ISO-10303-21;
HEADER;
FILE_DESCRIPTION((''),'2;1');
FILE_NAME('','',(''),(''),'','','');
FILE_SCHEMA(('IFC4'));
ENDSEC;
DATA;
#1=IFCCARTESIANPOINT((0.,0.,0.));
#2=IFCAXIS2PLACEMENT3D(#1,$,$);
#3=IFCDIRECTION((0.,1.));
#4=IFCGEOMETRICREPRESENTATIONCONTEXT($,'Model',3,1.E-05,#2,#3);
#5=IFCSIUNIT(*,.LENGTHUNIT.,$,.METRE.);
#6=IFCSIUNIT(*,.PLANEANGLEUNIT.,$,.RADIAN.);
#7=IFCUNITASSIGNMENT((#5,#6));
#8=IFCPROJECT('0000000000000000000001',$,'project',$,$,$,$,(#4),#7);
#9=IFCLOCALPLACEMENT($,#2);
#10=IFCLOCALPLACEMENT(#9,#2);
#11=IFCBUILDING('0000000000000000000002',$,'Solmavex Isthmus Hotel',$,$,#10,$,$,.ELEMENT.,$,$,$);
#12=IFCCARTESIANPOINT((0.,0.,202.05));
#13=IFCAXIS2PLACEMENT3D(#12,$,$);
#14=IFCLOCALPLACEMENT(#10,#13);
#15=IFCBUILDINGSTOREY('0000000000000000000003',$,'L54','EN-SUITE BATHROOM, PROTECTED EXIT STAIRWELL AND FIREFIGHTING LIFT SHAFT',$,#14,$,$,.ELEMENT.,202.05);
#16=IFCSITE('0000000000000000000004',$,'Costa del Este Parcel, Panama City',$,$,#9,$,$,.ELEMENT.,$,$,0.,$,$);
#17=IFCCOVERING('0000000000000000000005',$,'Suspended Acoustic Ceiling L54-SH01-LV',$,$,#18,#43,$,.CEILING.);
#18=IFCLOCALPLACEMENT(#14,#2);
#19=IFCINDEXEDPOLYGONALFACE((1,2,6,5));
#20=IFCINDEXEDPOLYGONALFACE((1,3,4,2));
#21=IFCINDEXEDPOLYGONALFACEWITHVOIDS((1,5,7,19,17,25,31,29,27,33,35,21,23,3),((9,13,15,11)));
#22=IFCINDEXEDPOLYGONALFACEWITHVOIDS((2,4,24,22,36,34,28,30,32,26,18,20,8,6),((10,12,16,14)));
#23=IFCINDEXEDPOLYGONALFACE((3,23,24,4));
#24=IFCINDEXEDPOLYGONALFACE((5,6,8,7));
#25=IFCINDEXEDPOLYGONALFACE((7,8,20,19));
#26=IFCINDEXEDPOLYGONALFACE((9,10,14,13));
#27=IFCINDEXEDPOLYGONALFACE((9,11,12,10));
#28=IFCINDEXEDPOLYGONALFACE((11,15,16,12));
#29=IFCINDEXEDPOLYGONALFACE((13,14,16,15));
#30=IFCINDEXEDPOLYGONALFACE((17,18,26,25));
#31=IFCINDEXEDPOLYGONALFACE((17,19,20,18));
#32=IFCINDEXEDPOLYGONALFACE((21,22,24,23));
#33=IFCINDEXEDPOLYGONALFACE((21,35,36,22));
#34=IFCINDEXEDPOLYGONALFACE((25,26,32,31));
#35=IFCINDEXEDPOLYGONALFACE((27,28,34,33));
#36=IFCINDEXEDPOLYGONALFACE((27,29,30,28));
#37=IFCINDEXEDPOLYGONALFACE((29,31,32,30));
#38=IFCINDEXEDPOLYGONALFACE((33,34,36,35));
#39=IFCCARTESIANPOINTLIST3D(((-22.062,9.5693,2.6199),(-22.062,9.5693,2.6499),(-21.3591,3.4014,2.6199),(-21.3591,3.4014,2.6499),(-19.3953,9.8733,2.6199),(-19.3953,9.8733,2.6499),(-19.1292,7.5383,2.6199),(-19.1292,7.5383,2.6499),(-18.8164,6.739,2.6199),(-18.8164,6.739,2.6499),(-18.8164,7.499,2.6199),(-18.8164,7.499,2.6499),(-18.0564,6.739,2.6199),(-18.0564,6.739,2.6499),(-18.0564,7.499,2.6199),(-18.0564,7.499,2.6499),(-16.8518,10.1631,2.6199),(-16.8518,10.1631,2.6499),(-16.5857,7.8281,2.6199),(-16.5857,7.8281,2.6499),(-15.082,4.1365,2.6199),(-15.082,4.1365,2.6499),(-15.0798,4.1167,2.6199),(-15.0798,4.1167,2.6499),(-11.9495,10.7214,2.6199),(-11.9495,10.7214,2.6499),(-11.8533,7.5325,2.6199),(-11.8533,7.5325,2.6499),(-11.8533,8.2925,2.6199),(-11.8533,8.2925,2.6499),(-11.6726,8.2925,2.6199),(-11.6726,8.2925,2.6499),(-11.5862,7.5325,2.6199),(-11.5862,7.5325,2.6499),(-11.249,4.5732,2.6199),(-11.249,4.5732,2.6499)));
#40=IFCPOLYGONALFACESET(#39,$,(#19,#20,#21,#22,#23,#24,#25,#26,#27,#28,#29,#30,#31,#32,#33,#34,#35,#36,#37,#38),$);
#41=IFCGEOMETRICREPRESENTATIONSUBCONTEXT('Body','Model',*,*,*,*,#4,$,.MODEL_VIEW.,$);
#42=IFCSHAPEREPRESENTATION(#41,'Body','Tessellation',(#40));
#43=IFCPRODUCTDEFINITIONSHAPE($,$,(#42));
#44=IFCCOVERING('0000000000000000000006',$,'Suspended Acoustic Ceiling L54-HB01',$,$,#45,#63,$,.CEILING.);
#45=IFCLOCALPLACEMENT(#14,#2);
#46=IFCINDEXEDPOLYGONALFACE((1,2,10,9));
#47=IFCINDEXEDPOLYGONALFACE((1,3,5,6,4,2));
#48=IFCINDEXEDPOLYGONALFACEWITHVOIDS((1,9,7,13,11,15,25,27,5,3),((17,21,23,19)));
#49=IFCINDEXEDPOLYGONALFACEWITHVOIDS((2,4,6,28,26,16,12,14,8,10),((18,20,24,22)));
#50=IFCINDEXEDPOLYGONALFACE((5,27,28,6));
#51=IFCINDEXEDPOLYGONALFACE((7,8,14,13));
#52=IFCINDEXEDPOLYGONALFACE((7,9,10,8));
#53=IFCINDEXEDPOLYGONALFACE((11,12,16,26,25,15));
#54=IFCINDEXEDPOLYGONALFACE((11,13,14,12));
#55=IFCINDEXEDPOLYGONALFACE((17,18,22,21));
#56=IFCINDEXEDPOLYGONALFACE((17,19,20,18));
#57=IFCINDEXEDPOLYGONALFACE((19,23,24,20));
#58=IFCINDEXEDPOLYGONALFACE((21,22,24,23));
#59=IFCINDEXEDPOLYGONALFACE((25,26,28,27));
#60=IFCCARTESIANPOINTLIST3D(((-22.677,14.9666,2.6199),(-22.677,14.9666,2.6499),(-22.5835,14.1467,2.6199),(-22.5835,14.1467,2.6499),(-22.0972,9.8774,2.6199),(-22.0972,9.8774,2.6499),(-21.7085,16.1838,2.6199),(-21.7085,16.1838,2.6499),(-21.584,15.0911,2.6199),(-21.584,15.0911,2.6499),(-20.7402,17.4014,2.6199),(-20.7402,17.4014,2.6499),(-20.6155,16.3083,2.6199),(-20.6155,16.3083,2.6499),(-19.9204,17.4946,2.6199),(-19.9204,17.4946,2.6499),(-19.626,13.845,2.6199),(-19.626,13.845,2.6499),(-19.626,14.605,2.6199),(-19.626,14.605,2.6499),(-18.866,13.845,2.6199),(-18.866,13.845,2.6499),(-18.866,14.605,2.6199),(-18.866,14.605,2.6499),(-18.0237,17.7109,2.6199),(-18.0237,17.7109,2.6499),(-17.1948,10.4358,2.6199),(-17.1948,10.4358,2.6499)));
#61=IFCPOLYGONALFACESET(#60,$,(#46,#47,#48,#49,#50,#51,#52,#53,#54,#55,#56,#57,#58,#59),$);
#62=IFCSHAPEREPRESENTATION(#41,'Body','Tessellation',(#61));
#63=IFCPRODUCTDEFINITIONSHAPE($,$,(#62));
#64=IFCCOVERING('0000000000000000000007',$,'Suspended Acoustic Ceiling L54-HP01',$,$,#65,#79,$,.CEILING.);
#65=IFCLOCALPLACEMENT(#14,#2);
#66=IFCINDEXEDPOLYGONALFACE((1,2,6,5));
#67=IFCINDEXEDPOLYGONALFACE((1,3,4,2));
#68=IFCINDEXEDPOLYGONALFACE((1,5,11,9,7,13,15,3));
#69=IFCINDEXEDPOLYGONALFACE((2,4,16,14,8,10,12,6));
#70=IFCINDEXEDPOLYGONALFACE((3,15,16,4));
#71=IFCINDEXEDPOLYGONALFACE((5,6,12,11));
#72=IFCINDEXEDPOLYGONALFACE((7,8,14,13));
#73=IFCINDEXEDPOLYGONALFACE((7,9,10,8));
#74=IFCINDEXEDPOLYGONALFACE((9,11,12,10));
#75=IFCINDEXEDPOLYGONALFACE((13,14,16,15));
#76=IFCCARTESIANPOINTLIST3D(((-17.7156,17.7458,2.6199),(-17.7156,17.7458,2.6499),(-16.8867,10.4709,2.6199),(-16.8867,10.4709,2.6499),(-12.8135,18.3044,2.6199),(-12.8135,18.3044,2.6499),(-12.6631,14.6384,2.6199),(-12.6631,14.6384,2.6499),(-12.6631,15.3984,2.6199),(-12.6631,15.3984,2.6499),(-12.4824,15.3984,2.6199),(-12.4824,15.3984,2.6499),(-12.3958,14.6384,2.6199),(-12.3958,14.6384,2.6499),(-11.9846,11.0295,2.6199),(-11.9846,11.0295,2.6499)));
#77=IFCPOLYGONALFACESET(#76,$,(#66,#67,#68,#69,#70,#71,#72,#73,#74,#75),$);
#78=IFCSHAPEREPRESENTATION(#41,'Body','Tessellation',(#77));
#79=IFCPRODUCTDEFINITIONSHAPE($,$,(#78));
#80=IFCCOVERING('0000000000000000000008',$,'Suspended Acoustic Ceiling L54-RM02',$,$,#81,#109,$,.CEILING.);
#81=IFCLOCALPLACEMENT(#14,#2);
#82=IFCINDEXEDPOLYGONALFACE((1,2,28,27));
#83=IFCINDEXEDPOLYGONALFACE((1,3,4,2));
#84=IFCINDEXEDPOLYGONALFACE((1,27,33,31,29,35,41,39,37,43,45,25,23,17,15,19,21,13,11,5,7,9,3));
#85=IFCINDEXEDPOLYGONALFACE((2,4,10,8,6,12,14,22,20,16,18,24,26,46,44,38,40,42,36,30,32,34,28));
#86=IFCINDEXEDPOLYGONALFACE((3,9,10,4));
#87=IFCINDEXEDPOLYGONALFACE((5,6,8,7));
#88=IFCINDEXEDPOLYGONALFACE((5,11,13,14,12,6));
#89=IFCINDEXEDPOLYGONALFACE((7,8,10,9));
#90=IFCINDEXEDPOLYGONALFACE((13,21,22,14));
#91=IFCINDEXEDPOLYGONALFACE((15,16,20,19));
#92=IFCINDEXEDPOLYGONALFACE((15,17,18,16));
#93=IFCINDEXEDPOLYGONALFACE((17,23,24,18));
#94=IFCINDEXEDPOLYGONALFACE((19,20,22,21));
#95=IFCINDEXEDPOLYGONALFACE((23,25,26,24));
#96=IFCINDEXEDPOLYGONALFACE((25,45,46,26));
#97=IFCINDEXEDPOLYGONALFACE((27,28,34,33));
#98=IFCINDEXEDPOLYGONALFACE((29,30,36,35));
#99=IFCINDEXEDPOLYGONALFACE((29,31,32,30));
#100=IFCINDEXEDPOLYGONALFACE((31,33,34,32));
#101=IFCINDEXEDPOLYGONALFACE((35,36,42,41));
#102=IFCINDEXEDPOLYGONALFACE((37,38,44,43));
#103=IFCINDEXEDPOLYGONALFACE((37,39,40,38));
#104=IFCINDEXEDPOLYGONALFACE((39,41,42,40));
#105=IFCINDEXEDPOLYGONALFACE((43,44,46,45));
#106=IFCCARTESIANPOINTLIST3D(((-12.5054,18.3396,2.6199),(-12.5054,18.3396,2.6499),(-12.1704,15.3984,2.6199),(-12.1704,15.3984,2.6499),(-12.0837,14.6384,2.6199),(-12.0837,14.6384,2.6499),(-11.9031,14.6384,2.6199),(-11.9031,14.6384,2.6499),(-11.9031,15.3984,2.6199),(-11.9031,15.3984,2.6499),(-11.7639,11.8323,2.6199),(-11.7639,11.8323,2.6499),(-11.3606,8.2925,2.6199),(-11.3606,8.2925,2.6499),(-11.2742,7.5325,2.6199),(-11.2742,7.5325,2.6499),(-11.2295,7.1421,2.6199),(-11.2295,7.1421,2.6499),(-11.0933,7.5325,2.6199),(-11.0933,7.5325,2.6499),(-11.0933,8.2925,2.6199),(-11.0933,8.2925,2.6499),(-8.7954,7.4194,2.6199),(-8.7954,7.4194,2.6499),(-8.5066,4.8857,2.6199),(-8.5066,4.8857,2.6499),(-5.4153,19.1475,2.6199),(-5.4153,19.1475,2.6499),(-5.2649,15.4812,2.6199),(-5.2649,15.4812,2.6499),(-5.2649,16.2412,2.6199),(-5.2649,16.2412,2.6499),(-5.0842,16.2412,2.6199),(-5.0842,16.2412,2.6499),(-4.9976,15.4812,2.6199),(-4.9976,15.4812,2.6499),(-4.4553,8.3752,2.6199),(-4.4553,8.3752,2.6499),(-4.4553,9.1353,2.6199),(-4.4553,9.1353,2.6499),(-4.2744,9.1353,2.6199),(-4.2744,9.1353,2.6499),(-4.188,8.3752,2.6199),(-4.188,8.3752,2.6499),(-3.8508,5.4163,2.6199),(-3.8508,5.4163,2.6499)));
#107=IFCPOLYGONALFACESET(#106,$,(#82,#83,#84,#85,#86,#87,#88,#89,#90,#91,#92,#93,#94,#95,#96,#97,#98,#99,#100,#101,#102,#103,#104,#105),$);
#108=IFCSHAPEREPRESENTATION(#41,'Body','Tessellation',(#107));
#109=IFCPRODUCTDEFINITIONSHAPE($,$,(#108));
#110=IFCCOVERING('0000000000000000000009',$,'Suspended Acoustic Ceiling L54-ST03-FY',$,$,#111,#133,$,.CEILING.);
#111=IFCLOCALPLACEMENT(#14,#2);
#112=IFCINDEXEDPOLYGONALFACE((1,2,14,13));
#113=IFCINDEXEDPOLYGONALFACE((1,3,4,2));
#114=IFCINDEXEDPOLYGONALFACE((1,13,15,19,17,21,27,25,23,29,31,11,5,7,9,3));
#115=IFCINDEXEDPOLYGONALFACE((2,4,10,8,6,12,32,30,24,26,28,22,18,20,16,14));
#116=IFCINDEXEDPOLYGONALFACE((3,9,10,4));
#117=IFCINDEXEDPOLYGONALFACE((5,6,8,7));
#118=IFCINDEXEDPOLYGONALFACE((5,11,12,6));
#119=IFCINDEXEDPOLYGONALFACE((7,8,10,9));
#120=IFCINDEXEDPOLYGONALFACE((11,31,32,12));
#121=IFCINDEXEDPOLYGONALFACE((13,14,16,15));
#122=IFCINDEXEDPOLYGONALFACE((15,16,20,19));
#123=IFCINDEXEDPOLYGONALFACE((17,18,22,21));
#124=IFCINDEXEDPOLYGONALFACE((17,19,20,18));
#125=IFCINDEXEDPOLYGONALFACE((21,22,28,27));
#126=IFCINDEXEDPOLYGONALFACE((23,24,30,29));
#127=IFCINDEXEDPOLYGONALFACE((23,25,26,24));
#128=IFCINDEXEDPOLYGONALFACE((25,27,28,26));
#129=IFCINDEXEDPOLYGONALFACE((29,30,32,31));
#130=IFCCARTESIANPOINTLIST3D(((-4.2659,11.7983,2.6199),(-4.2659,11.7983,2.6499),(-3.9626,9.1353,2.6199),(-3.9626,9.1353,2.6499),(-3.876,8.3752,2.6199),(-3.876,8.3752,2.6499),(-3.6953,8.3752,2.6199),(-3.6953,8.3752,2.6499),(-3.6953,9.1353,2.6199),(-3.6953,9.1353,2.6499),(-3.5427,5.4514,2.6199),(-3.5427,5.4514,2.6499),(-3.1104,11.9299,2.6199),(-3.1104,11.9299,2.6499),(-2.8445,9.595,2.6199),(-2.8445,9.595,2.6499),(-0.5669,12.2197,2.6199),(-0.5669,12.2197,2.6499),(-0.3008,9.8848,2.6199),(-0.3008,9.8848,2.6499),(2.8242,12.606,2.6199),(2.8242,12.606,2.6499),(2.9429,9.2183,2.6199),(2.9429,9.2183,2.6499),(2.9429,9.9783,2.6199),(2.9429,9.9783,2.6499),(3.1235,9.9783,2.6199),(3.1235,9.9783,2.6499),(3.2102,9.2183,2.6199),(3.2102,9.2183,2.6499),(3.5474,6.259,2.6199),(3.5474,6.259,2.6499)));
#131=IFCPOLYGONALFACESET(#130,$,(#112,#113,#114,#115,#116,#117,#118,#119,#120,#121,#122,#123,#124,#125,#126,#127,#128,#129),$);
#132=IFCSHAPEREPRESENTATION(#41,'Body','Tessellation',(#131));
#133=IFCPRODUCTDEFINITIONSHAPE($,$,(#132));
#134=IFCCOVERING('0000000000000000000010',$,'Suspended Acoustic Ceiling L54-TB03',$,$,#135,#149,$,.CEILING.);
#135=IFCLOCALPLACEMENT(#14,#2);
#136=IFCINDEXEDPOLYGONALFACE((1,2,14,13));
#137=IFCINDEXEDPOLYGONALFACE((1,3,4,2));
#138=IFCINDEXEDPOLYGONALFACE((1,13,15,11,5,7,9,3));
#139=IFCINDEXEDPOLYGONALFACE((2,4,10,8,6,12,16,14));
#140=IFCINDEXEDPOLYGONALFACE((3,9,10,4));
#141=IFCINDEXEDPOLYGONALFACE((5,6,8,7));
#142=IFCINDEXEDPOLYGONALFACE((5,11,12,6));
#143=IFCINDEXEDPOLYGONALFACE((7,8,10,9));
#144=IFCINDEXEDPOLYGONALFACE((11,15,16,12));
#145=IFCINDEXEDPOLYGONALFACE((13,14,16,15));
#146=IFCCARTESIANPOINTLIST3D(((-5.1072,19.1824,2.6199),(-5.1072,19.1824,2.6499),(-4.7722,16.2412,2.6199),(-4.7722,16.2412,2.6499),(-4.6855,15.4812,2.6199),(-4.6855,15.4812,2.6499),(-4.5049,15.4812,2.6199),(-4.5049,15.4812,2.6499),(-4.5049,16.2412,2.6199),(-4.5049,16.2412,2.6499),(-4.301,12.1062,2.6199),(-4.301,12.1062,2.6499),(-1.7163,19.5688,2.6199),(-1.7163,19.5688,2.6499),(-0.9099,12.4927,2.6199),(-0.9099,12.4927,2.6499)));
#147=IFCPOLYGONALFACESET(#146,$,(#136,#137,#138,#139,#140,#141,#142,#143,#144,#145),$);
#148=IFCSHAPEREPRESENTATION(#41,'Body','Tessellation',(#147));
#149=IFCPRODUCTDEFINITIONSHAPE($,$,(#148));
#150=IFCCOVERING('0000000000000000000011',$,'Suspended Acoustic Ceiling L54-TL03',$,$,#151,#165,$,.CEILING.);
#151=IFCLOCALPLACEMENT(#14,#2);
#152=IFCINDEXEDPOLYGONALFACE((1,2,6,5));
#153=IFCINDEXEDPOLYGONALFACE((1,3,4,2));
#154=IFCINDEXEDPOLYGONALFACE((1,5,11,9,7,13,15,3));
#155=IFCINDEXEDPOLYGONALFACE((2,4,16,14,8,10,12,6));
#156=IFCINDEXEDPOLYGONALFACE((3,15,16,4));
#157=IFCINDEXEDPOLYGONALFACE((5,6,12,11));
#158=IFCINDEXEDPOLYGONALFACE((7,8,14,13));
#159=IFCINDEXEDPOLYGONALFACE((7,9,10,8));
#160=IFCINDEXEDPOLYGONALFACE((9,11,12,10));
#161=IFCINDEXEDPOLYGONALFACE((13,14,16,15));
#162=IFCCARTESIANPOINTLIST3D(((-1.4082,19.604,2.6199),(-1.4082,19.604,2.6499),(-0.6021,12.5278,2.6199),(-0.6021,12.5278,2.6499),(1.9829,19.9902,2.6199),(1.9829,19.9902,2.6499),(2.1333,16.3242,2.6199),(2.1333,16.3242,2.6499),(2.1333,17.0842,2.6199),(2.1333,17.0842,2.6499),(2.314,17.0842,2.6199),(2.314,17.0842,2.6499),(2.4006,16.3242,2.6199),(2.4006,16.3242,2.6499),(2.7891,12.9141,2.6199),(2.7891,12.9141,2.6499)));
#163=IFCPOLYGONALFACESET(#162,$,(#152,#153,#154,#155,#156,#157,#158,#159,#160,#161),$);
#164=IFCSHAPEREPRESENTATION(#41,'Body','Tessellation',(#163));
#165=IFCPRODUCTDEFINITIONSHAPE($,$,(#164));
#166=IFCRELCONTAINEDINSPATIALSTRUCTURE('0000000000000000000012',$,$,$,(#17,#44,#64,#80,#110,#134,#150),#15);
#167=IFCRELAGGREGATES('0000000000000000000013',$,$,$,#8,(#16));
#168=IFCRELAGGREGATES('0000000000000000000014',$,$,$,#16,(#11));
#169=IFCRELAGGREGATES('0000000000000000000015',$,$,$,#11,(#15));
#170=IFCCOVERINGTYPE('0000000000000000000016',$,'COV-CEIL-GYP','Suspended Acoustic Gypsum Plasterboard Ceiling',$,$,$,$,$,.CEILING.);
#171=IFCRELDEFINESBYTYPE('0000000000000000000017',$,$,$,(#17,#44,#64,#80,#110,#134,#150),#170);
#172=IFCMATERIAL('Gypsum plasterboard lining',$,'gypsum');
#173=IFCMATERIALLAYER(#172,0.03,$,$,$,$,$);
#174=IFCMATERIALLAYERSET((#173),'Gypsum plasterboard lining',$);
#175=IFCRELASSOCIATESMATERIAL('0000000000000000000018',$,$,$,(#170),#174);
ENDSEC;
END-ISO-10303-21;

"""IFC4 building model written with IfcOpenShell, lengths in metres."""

from ifc_helpers import new_model, si_unit, direction, frame, origin, place, context, subcontext, project, spatial, polyline, outline, extrude, material, layer, layer_set, type_object, element, save


model = new_model("IFC4")

# Units and contexts
model_context = context("Model", 3, precision=1e-05, world=origin(), true_north=direction((0.0, 1.0)))
body_context = subcontext(model_context, "Body", "Model", "MODEL_VIEW")
ifc_project = project(units=[si_unit("LENGTHUNIT", "METRE"), si_unit("PLANEANGLEUNIT", "RADIAN")], contexts=[model_context])

# Site, building, storey
site_placement = place(None, origin())
site = spatial("IfcSite", under=ifc_project, at=site_placement, Name="Costa del Este Parcel, Panama City", CompositionType="ELEMENT", RefElevation=0.0)
building_placement = place(site_placement, origin())
building = spatial("IfcBuilding", under=site, at=building_placement, Name="Solmavex Isthmus Hotel", CompositionType="ELEMENT")
storey_placement = place(building_placement, frame((0.0, 0.0, 202.05)))
storey = spatial("IfcBuildingStorey", under=building, at=storey_placement, Name="L54", Description="EN-SUITE BATHROOM, PROTECTED EXIT STAIRWELL AND FIREFIGHTING LIFT SHAFT", CompositionType="ELEMENT", Elevation=202.05)

# Shared definitions
ifc_material_1 = material(Name="Gypsum plasterboard lining", Category="gypsum")

# Coverings
ifc_layer_1 = layer(ifc_material_1, 0.03)
ifc_layer_set_1 = layer_set([ifc_layer_1], Name="Gypsum plasterboard lining")
covering_type_1 = type_object("IfcCoveringType", Name="COV-CEIL-GYP", Description="Suspended Acoustic Gypsum Plasterboard Ceiling", PredefinedType="CEILING", material=ifc_layer_set_1)
covering_1_placement = place(storey_placement, frame((0.0, 0.0, 2.6199)))
element("IfcCovering", 1, at=covering_1_placement, inside=storey, type_object=covering_type_1, Name="Suspended Acoustic Ceiling L54-SH01-LV", PredefinedType="CEILING", context=body_context, shape_type="SweptSolid", body=[
    extrude(outline(polyline([(-15.0798, 4.1167), (-15.082, 4.1365), (-11.249, 4.5732), (-11.5862, 7.5325), (-11.8533, 7.5325), (-11.8533, 8.2925), (-11.6726, 8.2925), (-11.9495, 10.7214), (-16.8518, 10.1631), (-16.5857, 7.8281), (-19.1292, 7.5383), (-19.3953, 9.8733), (-22.062, 9.5693), (-21.3591, 3.4014), (-15.0798, 4.1167)]), holes=[polyline([(-18.8164, 6.739), (-18.8164, 7.499), (-18.0564, 7.499), (-18.0564, 6.739), (-18.8164, 6.739)])]), origin(), (0.0, 0.0, 1.0), 0.03),
])
covering_2_placement = place(storey_placement, frame((0.0, 0.0, 2.6199)))
element("IfcCovering", 2, at=covering_2_placement, inside=storey, type_object=covering_type_1, Name="Suspended Acoustic Ceiling L54-HB01", PredefinedType="CEILING", context=body_context, shape_type="SweptSolid", body=[
    extrude(outline(polyline([(-22.677, 14.9666), (-22.5835, 14.1467), (-22.0972, 9.8774), (-17.1948, 10.4358), (-18.0237, 17.7109), (-19.9204, 17.4946), (-20.7402, 17.4014), (-20.6155, 16.3083), (-21.7085, 16.1838), (-21.584, 15.0911), (-22.677, 14.9666)]), holes=[polyline([(-19.626, 13.845), (-19.626, 14.605), (-18.866, 14.605), (-18.866, 13.845), (-19.626, 13.845)])]), origin(), (0.0, 0.0, 1.0), 0.03),
])
covering_3_placement = place(storey_placement, frame((0.0, 0.0, 2.6199)))
element("IfcCovering", 3, at=covering_3_placement, inside=storey, type_object=covering_type_1, Name="Suspended Acoustic Ceiling L54-HP01", PredefinedType="CEILING", context=body_context, shape_type="SweptSolid", body=[
    extrude(outline(polyline([(-12.3958, 14.6384), (-12.6631, 14.6384), (-12.6631, 15.3984), (-12.4824, 15.3984), (-12.8135, 18.3044), (-17.7156, 17.7458), (-16.8867, 10.4709), (-11.9846, 11.0295), (-12.3958, 14.6384)])), origin(), (0.0, 0.0, 1.0), 0.03),
])
covering_4_placement = place(storey_placement, frame((0.0, 0.0, 2.6199)))
element("IfcCovering", 4, at=covering_4_placement, inside=storey, type_object=covering_type_1, Name="Suspended Acoustic Ceiling L54-RM02", PredefinedType="CEILING", context=body_context, shape_type="SweptSolid", body=[
    extrude(outline(polyline([(-11.3606, 8.2925), (-11.0933, 8.2925), (-11.0933, 7.5325), (-11.2742, 7.5325), (-11.2295, 7.1421), (-8.7954, 7.4194), (-8.5066, 4.8857), (-3.8508, 5.4163), (-4.188, 8.3752), (-4.4553, 8.3752), (-4.4553, 9.1353), (-4.2744, 9.1353), (-4.9976, 15.4812), (-5.2649, 15.4812), (-5.2649, 16.2412), (-5.0842, 16.2412), (-5.4153, 19.1475), (-12.5054, 18.3396), (-12.1704, 15.3984), (-11.9031, 15.3984), (-11.9031, 14.6384), (-12.0837, 14.6384), (-11.7639, 11.8323), (-11.3606, 8.2925)])), origin(), (0.0, 0.0, 1.0), 0.03),
])
covering_5_placement = place(storey_placement, frame((0.0, 0.0, 2.6199)))
element("IfcCovering", 5, at=covering_5_placement, inside=storey, type_object=covering_type_1, Name="Suspended Acoustic Ceiling L54-ST03-FY", PredefinedType="CEILING", context=body_context, shape_type="SweptSolid", body=[
    extrude(outline(polyline([(3.2102, 9.2183), (2.9429, 9.2183), (2.9429, 9.9783), (3.1235, 9.9783), (2.8242, 12.606), (-0.5669, 12.2197), (-0.3008, 9.8848), (-2.8445, 9.595), (-3.1104, 11.9299), (-4.2659, 11.7983), (-3.9626, 9.1353), (-3.6953, 9.1353), (-3.6953, 8.3752), (-3.876, 8.3752), (-3.5427, 5.4514), (3.5474, 6.259), (3.2102, 9.2183)])), origin(), (0.0, 0.0, 1.0), 0.03),
])
covering_6_placement = place(storey_placement, frame((0.0, 0.0, 2.6199)))
element("IfcCovering", 6, at=covering_6_placement, inside=storey, type_object=covering_type_1, Name="Suspended Acoustic Ceiling L54-TB03", PredefinedType="CEILING", context=body_context, shape_type="SweptSolid", body=[
    extrude(outline(polyline([(-4.7722, 16.2412), (-4.5049, 16.2412), (-4.5049, 15.4812), (-4.6855, 15.4812), (-4.301, 12.1062), (-0.9099, 12.4927), (-1.7163, 19.5688), (-5.1072, 19.1824), (-4.7722, 16.2412)])), origin(), (0.0, 0.0, 1.0), 0.03),
])
covering_7_placement = place(storey_placement, frame((0.0, 0.0, 2.6199)))
element("IfcCovering", 7, at=covering_7_placement, inside=storey, type_object=covering_type_1, Name="Suspended Acoustic Ceiling L54-TL03", PredefinedType="CEILING", context=body_context, shape_type="SweptSolid", body=[
    extrude(outline(polyline([(2.4006, 16.3242), (2.1333, 16.3242), (2.1333, 17.0842), (2.314, 17.0842), (1.9829, 19.9902), (-1.4082, 19.604), (-0.6021, 12.5278), (2.7891, 12.9141), (2.4006, 16.3242)])), origin(), (0.0, 0.0, 1.0), 0.03),
])

save(model, "model.ifc")
